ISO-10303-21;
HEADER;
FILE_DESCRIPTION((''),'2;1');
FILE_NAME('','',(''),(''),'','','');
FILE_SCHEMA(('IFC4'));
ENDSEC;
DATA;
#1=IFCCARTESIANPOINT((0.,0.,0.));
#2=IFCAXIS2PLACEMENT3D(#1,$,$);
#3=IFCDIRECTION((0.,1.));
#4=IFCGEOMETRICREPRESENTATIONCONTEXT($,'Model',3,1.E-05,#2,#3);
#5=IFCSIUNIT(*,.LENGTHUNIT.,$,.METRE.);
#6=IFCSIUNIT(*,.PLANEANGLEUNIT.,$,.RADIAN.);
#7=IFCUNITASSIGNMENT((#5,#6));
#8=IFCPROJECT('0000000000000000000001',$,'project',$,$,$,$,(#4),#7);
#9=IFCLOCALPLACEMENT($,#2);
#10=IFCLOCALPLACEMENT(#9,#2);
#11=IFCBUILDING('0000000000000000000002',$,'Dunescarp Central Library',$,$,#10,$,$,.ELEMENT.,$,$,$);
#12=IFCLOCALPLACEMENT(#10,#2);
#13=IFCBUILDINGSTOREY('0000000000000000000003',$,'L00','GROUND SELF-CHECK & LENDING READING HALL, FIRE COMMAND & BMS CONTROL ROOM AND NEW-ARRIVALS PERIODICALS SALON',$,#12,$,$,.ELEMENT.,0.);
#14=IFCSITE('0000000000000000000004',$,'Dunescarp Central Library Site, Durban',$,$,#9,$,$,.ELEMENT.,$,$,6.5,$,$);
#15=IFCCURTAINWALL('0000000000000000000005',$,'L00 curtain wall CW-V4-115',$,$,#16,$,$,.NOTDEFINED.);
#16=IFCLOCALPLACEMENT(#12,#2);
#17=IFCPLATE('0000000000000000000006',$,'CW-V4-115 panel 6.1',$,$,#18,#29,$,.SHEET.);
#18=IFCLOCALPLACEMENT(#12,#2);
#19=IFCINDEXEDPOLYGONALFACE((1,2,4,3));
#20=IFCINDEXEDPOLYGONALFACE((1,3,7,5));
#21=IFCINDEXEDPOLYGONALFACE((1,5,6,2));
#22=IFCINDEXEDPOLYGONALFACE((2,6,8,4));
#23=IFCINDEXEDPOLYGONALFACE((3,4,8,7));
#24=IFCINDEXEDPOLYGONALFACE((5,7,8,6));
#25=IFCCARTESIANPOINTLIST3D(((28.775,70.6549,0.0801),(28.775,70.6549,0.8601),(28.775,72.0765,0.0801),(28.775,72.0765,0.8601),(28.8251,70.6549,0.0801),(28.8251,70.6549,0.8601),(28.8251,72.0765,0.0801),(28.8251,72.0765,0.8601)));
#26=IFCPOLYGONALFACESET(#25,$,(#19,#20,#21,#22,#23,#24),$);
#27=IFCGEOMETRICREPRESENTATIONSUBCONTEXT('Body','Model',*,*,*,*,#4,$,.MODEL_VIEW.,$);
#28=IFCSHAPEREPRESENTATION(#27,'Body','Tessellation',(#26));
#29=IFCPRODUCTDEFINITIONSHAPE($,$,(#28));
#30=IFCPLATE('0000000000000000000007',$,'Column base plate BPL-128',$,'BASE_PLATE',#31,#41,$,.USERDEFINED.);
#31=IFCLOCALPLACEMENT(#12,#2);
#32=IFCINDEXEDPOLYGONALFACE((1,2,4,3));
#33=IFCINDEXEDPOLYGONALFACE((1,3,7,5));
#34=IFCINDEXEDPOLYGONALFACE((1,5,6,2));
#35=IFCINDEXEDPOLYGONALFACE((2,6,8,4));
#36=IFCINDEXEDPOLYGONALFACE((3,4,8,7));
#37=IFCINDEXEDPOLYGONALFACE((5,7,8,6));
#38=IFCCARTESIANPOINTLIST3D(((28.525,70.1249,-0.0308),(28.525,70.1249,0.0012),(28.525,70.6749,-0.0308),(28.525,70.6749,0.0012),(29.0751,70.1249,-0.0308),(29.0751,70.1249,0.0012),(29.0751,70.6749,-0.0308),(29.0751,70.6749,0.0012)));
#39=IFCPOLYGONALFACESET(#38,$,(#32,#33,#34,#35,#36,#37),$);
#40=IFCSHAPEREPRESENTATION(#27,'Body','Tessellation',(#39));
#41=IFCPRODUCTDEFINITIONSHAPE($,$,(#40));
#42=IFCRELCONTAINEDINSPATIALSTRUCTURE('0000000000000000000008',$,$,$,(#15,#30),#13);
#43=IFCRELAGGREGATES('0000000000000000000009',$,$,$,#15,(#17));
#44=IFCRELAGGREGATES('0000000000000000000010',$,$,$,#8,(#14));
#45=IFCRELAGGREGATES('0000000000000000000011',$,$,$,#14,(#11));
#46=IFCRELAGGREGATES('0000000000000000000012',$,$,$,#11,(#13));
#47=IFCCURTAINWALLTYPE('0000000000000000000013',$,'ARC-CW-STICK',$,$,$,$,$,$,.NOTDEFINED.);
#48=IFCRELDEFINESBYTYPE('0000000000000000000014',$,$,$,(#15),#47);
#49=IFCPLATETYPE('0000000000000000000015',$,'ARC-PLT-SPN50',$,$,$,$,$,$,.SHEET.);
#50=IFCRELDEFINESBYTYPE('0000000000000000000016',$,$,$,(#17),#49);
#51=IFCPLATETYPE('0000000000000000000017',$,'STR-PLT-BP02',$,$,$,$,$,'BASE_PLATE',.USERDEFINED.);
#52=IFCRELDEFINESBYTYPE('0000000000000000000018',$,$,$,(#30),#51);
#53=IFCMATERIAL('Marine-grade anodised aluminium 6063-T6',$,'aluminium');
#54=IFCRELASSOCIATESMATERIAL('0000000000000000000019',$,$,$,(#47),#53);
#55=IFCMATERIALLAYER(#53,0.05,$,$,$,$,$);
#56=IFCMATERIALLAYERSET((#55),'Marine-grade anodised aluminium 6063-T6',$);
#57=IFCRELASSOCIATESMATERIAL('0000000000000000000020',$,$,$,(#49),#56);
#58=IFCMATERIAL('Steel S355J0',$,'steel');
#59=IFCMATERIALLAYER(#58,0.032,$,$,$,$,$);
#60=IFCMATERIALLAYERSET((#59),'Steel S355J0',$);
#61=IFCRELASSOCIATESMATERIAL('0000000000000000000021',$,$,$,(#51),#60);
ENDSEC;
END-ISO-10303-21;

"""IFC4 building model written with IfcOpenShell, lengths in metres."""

from ifc_helpers import new_model, si_unit, direction, frame, origin, origin_2d, place, context, subcontext, project, spatial, rectangle, extrude, material, layer, layer_set, type_object, element, aggregate, save


model = new_model("IFC4")

# Units and contexts
model_context = context("Model", 3, precision=1e-05, world=origin(), true_north=direction((0.0, 1.0)))
body_context = subcontext(model_context, "Body", "Model", "MODEL_VIEW")
ifc_project = project(units=[si_unit("LENGTHUNIT", "METRE"), si_unit("PLANEANGLEUNIT", "RADIAN")], contexts=[model_context])

# Site, building, storey
site_placement = place(None, origin())
site = spatial("IfcSite", under=ifc_project, at=site_placement, Name="Dunescarp Central Library Site, Durban", CompositionType="ELEMENT", RefElevation=6.5)
building_placement = place(site_placement, origin())
building = spatial("IfcBuilding", under=site, at=building_placement, Name="Dunescarp Central Library", CompositionType="ELEMENT")
storey_placement = place(building_placement, origin())
storey = spatial("IfcBuildingStorey", under=building, at=storey_placement, Name="L00", Description="GROUND SELF-CHECK & LENDING READING HALL, FIRE COMMAND & BMS CONTROL ROOM AND NEW-ARRIVALS PERIODICALS SALON", CompositionType="ELEMENT", Elevation=0.0)

# Curtain wall
ifc_material_1 = material(Name="Marine-grade anodised aluminium 6063-T6", Category="aluminium")
curtain_wall_type = type_object("IfcCurtainWallType", Name="ARC-CW-STICK", PredefinedType="NOTDEFINED", material=ifc_material_1)
curtain_wall_1_placement = place(storey_placement, origin())
curtain_wall_1 = element("IfcCurtainWall", 1, at=curtain_wall_1_placement, inside=storey, type_object=curtain_wall_type, Name="L00 curtain wall CW-V4-115", PredefinedType="NOTDEFINED")

# Plates
ifc_layer_1 = layer(ifc_material_1, 0.05)
ifc_layer_set_1 = layer_set([ifc_layer_1], Name="Marine-grade anodised aluminium 6063-T6")
plate_type_1 = type_object("IfcPlateType", Name="ARC-PLT-SPN50", PredefinedType="SHEET", material=ifc_layer_set_1)
plate_1_placement = place(storey_placement, frame((28.8, 71.3657, 0.0801), z_axis=(0.0, 0.0, 1.0), x_axis=(0.0, -1.0, 0.0)))
plate_1 = element("IfcPlate", 2, at=plate_1_placement, type_object=plate_type_1, Name="CW-V4-115 panel 6.1", PredefinedType="SHEET", context=body_context, shape_type="SweptSolid", body=[
    extrude(rectangle(XDim=1.4216, YDim=0.05, at=origin_2d()), origin(), (0.0, 0.0, 1.0), 0.78),
])
aggregate(curtain_wall_1, [plate_1])
ifc_material_2 = material(Name="Steel S355J0", Category="steel")
ifc_layer_2 = layer(ifc_material_2, 0.032)
ifc_layer_set_2 = layer_set([ifc_layer_2], Name="Steel S355J0")
plate_type_2 = type_object("IfcPlateType", Name="STR-PLT-BP02", ElementType="BASE_PLATE", PredefinedType="USERDEFINED", material=ifc_layer_set_2)
plate_2_placement = place(storey_placement, frame((28.8, 70.3999, -0.0308), z_axis=(0.0, 0.0, 1.0), x_axis=(1.0, 0.0, 0.0)))
element("IfcPlate", 3, at=plate_2_placement, inside=storey, type_object=plate_type_2, Name="Column base plate BPL-128", ObjectType="BASE_PLATE", PredefinedType="USERDEFINED", context=body_context, shape_type="SweptSolid", body=[
    extrude(rectangle(XDim=0.55, YDim=0.55, at=origin_2d()), origin(), (0.0, 0.0, 1.0), 0.032),
])

save(model, "model.ifc")
